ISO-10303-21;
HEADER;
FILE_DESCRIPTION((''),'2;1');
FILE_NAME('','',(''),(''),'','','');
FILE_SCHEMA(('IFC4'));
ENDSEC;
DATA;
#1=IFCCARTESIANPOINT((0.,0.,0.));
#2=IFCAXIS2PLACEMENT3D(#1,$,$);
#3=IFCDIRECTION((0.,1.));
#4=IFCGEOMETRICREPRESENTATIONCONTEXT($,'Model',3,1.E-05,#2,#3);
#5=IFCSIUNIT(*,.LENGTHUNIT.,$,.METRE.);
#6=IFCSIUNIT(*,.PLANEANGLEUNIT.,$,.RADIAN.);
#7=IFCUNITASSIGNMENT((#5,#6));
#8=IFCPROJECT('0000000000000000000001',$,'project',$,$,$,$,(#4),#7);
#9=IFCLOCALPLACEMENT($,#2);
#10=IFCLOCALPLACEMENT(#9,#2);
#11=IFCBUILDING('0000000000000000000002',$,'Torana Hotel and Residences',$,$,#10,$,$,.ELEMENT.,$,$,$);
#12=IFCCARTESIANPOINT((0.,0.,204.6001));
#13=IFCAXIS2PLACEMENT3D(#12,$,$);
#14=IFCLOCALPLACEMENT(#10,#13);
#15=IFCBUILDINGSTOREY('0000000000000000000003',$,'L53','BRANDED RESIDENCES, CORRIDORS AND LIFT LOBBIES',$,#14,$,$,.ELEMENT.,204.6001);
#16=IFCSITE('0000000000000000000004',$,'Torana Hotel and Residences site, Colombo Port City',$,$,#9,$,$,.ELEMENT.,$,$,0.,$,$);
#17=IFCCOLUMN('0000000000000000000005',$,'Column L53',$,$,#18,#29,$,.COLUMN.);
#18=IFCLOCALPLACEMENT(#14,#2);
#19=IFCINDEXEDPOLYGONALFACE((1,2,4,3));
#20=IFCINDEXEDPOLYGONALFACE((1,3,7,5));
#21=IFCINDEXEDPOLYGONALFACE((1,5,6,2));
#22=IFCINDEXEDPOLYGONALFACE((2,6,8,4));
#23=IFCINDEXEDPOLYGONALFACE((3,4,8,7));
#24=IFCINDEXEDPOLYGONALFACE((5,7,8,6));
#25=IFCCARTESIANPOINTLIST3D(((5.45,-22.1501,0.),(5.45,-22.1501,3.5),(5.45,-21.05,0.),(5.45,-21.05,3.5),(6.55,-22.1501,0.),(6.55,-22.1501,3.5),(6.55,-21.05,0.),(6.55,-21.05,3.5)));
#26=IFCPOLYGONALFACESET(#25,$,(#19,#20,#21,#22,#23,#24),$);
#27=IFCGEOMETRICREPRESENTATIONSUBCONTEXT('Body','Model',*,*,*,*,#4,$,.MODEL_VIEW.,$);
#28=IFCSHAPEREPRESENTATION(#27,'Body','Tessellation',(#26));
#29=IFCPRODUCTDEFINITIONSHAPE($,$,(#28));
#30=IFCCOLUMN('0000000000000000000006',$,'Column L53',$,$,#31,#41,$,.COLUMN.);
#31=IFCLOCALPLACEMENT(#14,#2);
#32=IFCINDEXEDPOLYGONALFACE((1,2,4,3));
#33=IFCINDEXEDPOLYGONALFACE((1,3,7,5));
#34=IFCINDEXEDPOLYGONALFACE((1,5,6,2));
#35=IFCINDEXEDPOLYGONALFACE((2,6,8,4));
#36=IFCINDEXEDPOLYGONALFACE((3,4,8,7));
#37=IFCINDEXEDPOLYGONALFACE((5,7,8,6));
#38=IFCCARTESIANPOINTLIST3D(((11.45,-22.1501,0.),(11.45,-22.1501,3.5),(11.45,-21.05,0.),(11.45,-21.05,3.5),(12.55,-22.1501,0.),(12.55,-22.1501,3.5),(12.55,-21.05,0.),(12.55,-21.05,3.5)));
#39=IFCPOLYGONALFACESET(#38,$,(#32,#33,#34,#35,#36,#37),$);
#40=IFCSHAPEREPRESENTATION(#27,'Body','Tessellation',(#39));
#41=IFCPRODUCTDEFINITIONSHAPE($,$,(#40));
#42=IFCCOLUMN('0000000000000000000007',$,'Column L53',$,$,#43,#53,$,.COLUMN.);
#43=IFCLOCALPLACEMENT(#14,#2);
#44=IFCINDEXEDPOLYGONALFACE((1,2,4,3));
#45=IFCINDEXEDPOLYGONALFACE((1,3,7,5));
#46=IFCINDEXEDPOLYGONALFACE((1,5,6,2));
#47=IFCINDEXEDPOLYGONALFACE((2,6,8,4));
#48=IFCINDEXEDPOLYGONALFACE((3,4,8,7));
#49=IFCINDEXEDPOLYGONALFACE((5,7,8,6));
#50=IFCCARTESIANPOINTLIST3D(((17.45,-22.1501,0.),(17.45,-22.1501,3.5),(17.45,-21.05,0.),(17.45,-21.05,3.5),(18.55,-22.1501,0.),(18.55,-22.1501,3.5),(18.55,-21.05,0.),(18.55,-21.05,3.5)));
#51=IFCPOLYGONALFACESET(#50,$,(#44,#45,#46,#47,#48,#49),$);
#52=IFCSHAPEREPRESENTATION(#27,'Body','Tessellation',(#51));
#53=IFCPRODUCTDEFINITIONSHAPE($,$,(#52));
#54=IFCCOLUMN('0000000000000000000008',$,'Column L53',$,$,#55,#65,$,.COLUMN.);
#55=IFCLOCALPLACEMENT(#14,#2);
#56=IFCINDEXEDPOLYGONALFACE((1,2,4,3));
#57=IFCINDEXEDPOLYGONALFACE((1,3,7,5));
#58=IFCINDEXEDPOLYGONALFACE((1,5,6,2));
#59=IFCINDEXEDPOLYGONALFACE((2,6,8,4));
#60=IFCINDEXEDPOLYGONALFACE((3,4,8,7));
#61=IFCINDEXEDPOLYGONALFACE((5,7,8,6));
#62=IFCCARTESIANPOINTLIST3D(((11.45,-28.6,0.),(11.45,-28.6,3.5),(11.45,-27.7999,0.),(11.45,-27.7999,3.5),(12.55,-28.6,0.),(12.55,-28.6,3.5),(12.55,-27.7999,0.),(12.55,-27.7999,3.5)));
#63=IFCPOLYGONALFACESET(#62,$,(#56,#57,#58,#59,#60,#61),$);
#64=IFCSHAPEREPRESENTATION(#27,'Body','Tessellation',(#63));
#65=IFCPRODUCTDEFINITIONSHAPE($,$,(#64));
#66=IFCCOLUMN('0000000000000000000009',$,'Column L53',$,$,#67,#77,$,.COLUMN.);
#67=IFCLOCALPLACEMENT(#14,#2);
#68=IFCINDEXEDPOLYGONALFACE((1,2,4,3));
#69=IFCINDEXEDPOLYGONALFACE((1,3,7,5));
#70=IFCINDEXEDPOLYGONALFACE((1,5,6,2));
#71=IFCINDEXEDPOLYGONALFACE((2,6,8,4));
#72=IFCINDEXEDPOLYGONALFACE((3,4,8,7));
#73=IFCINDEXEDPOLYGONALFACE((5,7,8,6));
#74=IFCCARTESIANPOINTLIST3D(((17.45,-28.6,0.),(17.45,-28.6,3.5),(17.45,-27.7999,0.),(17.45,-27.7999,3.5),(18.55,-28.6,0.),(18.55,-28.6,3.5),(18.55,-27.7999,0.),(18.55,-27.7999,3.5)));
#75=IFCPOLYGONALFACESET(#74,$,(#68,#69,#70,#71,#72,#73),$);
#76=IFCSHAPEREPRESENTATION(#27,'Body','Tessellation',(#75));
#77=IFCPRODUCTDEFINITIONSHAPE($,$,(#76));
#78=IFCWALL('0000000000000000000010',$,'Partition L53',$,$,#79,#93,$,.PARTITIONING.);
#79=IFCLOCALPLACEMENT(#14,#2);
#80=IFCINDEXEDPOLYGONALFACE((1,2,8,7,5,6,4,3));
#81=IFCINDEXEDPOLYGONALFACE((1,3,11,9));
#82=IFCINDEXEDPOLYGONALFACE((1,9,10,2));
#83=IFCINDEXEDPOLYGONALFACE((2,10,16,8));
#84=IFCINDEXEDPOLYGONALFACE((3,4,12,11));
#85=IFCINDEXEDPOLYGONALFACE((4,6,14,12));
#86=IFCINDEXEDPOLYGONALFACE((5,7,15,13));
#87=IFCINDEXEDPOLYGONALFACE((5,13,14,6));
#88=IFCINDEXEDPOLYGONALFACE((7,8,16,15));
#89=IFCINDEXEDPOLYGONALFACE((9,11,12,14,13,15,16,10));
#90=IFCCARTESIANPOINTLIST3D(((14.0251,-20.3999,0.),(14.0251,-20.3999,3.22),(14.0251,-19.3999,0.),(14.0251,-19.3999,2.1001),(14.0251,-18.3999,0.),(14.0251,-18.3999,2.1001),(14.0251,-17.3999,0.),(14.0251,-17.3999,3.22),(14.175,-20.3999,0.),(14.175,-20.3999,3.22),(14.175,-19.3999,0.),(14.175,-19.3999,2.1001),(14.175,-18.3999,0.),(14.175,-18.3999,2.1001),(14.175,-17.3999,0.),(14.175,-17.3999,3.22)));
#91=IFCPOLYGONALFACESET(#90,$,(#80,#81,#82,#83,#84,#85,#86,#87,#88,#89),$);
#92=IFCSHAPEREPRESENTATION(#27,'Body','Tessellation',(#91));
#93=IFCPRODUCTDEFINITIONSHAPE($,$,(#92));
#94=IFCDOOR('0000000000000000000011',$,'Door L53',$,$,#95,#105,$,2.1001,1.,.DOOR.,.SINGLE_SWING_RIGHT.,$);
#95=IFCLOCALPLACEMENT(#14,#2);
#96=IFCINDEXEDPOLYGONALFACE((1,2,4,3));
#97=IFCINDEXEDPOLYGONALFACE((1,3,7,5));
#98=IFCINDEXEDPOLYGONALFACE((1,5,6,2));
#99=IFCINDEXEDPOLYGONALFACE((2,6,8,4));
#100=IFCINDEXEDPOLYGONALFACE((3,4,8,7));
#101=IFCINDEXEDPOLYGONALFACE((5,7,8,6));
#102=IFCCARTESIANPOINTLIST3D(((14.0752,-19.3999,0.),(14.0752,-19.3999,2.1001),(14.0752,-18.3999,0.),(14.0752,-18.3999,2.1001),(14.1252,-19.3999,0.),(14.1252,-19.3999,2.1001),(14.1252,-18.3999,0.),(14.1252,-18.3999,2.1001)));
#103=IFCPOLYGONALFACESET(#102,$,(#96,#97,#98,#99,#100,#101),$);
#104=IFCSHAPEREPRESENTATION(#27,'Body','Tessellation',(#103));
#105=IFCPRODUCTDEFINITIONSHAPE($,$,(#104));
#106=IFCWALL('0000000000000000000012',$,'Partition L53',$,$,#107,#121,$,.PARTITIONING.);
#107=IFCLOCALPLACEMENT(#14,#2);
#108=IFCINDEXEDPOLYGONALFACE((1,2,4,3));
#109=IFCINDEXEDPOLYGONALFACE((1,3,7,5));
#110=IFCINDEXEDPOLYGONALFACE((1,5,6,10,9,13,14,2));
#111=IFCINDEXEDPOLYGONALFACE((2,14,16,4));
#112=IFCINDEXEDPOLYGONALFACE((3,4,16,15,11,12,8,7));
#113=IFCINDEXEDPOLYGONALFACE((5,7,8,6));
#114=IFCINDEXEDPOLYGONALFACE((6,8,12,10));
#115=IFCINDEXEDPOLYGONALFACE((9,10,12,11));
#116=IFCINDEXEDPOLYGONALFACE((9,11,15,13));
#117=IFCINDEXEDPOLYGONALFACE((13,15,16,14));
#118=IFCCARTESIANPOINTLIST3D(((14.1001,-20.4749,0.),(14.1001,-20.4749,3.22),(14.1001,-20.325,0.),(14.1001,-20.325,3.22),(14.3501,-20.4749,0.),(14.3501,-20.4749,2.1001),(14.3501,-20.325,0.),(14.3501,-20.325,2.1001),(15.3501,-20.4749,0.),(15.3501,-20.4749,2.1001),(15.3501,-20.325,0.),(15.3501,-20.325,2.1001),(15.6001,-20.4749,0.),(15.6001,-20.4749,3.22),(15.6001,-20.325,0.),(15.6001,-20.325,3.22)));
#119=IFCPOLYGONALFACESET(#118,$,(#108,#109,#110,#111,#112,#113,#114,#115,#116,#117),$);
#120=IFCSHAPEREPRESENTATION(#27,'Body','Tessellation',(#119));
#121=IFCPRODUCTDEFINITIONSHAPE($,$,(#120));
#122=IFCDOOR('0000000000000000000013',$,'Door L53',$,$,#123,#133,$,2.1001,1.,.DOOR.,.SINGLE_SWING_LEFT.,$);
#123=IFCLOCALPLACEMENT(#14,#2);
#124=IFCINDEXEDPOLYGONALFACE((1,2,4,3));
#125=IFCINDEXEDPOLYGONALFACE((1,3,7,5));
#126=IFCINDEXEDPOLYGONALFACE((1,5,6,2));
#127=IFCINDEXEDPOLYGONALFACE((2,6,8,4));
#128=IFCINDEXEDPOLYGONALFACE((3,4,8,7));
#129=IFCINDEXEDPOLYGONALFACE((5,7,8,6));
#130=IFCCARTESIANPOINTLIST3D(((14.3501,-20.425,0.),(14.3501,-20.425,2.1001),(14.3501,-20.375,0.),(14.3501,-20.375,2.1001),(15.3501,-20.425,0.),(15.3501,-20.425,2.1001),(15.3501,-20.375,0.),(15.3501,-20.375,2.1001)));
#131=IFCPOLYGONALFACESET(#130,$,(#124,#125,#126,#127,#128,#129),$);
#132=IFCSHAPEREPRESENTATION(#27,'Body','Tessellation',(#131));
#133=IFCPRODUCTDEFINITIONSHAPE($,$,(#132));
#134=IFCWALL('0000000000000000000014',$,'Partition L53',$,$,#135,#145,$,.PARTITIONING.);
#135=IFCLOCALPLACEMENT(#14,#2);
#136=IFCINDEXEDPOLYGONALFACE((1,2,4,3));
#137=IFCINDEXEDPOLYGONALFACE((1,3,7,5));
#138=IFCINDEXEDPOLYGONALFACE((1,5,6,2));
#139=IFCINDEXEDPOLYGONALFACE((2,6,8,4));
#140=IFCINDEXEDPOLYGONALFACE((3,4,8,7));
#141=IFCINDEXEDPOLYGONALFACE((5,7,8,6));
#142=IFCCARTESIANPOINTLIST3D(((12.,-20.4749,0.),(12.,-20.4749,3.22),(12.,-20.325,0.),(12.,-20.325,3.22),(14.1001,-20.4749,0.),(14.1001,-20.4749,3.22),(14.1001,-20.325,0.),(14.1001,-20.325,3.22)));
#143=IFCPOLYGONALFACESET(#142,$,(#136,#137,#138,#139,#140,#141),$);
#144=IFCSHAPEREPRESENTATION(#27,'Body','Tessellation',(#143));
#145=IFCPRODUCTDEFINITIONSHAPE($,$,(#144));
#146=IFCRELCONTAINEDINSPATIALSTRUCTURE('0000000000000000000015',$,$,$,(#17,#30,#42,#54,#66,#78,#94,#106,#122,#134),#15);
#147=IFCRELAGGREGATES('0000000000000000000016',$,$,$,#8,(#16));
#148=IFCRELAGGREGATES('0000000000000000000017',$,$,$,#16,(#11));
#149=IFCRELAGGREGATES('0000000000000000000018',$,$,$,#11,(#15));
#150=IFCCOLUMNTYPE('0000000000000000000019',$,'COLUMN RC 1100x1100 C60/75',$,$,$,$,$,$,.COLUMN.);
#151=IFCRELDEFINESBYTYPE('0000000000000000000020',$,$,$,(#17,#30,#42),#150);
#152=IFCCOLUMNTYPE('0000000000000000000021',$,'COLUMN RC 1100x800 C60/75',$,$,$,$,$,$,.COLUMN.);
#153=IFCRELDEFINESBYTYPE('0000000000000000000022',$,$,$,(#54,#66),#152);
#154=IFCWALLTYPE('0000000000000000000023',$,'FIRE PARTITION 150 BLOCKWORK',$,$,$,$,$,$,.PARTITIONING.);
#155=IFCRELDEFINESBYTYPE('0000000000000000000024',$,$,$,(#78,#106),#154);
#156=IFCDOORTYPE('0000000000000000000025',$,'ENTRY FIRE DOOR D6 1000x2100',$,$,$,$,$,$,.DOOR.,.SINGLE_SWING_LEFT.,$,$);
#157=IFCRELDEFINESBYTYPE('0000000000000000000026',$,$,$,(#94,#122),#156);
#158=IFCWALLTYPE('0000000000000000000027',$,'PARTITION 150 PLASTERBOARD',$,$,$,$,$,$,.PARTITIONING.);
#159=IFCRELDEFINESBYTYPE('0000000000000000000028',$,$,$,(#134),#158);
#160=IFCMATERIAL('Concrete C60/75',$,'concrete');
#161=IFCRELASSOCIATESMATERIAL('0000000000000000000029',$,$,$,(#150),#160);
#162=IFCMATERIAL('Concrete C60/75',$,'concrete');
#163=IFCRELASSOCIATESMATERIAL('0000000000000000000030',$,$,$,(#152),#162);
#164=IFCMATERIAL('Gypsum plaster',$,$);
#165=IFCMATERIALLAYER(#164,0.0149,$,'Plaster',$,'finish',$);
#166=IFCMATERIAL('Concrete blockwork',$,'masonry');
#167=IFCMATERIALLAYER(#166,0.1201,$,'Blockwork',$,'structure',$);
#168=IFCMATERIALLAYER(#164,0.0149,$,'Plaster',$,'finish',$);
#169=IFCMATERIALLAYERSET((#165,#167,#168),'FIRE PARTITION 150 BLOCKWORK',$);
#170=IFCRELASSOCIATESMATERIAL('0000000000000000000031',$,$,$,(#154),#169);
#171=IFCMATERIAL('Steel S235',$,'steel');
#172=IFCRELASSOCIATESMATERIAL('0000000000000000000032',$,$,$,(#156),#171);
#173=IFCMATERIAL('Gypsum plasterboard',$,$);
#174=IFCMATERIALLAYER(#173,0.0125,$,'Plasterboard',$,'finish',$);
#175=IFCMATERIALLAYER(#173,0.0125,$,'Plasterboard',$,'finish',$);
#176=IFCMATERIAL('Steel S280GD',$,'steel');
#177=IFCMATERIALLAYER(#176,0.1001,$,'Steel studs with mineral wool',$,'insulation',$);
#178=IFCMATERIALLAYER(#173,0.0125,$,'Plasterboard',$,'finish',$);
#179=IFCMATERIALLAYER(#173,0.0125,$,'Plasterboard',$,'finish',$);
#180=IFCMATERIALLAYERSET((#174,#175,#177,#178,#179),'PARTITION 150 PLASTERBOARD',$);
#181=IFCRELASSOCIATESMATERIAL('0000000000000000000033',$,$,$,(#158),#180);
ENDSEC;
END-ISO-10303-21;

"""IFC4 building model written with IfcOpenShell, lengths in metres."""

from ifc_helpers import new_model, si_unit, direction, frame, frame_2d, origin, origin_2d, place, context, subcontext, project, spatial, rectangle, extrude, material, layer, layer_set, material_profile, profile_set, type_object, element, fill, save


model = new_model("IFC4")

# Units and contexts
model_context = context("Model", 3, precision=1e-05, world=origin(), true_north=direction((0.0, 1.0)))
body_context = subcontext(model_context, "Body", "Model", "MODEL_VIEW")
ifc_project = project(units=[si_unit("LENGTHUNIT", "METRE"), si_unit("PLANEANGLEUNIT", "RADIAN")], contexts=[model_context])

# Site, building, storey
site_placement = place(None, origin())
site = spatial("IfcSite", under=ifc_project, at=site_placement, Name="Torana Hotel and Residences site, Colombo Port City", CompositionType="ELEMENT", RefElevation=0.0)
building_placement = place(site_placement, origin())
building = spatial("IfcBuilding", under=site, at=building_placement, Name="Torana Hotel and Residences", CompositionType="ELEMENT")
storey_placement = place(building_placement, frame((0.0, 0.0, 204.6001)))
storey = spatial("IfcBuildingStorey", under=building, at=storey_placement, Name="L53", Description="BRANDED RESIDENCES, CORRIDORS AND LIFT LOBBIES", CompositionType="ELEMENT", Elevation=204.6001)

# Columns
ifc_material_1 = material(Name="Concrete C60/75", Category="concrete")
ifc_material_profile_1 = material_profile(ifc_material_1, rectangle(XDim=1.1001, YDim=1.1001, at=origin_2d()), Name="RC 1100x1100")
ifc_profile_set_1 = profile_set([ifc_material_profile_1], Name="Concrete C60/75")
column_type_1 = type_object("IfcColumnType", Name="COLUMN RC 1100x1100 C60/75", PredefinedType="COLUMN", material=ifc_profile_set_1)
for number, where, z_axis, x_axis, name in (
    (1, (6.0, -21.6001, 0.0), (0.0, 0.0, 1.0), (1.0, 0.0, 0.0), "Column L53"),
    (2, (12.0, -21.6001, 0.0), (0.0, 0.0, 1.0), (1.0, 0.0, 0.0), "Column L53"),
    (3, (18.0, -21.6001, 0.0), (0.0, 0.0, 1.0), (1.0, 0.0, 0.0), "Column L53"),
):
    element("IfcColumn", number, at=place(storey_placement, frame(where, z_axis=z_axis, x_axis=x_axis)), inside=storey, type_object=column_type_1, Name=name, PredefinedType="COLUMN", context=body_context, shape_type="SweptSolid", body=[
        extrude(rectangle(XDim=1.1001, YDim=1.1001, at=origin_2d()), origin(), (0.0, 0.0, 1.0), 3.5),
    ])
ifc_material_2 = material(Name="Concrete C60/75", Category="concrete")
ifc_material_profile_2 = material_profile(ifc_material_2, rectangle(XDim=1.1001, YDim=0.8, at=origin_2d()), Name="RC 1100x800")
ifc_profile_set_2 = profile_set([ifc_material_profile_2], Name="Concrete C60/75")
column_type_2 = type_object("IfcColumnType", Name="COLUMN RC 1100x800 C60/75", PredefinedType="COLUMN", material=ifc_profile_set_2)
for number, where, z_axis, x_axis, name in (
    (4, (12.0, -28.2, 0.0), (0.0, 0.0, 1.0), (1.0, 0.0, 0.0), "Column L53"),
    (5, (18.0, -28.2, 0.0), (0.0, 0.0, 1.0), (1.0, 0.0, 0.0), "Column L53"),
):
    element("IfcColumn", number, at=place(storey_placement, frame(where, z_axis=z_axis, x_axis=x_axis)), inside=storey, type_object=column_type_2, Name=name, PredefinedType="COLUMN", context=body_context, shape_type="SweptSolid", body=[
        extrude(rectangle(XDim=1.1001, YDim=0.8, at=origin_2d()), origin(), (0.0, 0.0, 1.0), 3.5),
    ])

# Walls, openings, doors
ifc_material_3 = material(Name="Gypsum plaster")
ifc_layer_1 = layer(ifc_material_3, 0.0149, Name="Plaster", Category="finish")
ifc_material_4 = material(Name="Concrete blockwork", Category="masonry")
ifc_layer_2 = layer(ifc_material_4, 0.1201, Name="Blockwork", Category="structure")
ifc_layer_3 = layer(ifc_material_3, 0.0149, Name="Plaster", Category="finish")
ifc_layer_set_1 = layer_set([ifc_layer_1, ifc_layer_2, ifc_layer_3], Name="FIRE PARTITION 150 BLOCKWORK")
wall_type_1 = type_object("IfcWallType", Name="FIRE PARTITION 150 BLOCKWORK", PredefinedType="PARTITIONING", material=ifc_layer_set_1)
wall_1_placement = place(storey_placement, frame((14.1001, -20.3999, 0.0), z_axis=(0.0, 0.0, 1.0), x_axis=(0.0, 1.0, 0.0)))
wall_1 = element("IfcWall", 6, at=wall_1_placement, inside=storey, type_object=wall_type_1, Name="Partition L53", PredefinedType="PARTITIONING", context=body_context, shape_type="SweptSolid", body=[
    extrude(rectangle(XDim=3.0, YDim=0.1499, at=frame_2d((1.5, 0.0))), origin(), (0.0, 0.0, 1.0), 3.22),
])
opening_1_placement = place(wall_1_placement, frame((1.0, 0.0, 0.0)))
opening_1 = element("IfcOpeningElement", 7, at=opening_1_placement, cuts=wall_1, PredefinedType="OPENING", context=body_context, shape_type="SweptSolid", body=[
    extrude(rectangle(XDim=1.0, YDim=2.1001, at=frame_2d((0.5, 1.05))), frame((0.0, 0.085, 0.0), z_axis=(0.0, -1.0, 0.0), x_axis=(1.0, 0.0, 0.0)), (0.0, 0.0, 1.0), 0.1699),
])
ifc_material_5 = material(Name="Steel S235", Category="steel")
door_type = type_object("IfcDoorType", Name="ENTRY FIRE DOOR D6 1000x2100", OperationType="SINGLE_SWING_LEFT", PredefinedType="DOOR", material=ifc_material_5)
door_1_placement = place(opening_1_placement, origin())
door_1 = element("IfcDoor", 8, at=door_1_placement, inside=storey, type_object=door_type, Name="Door L53", OperationType="SINGLE_SWING_RIGHT", OverallHeight=2.1001, OverallWidth=1.0, PredefinedType="DOOR", context=body_context, shape_type="SweptSolid", body=[
    extrude(rectangle(XDim=1.0, YDim=2.1001, at=frame_2d((0.5, 1.05))), frame((0.0, 0.0249, 0.0), z_axis=(0.0, -1.0, 0.0), x_axis=(1.0, 0.0, 0.0)), (0.0, 0.0, 1.0), 0.05),
])
fill(opening_1, door_1)
wall_2_placement = place(storey_placement, frame((14.1001, -20.3999, 0.0), z_axis=(0.0, 0.0, 1.0), x_axis=(1.0, 0.0, 0.0)))
wall_2 = element("IfcWall", 9, at=wall_2_placement, inside=storey, type_object=wall_type_1, Name="Partition L53", PredefinedType="PARTITIONING", context=body_context, shape_type="SweptSolid", body=[
    extrude(rectangle(XDim=1.5, YDim=0.1499, at=frame_2d((0.75, 0.0))), origin(), (0.0, 0.0, 1.0), 3.22),
])
opening_2_placement = place(wall_2_placement, frame((0.25, 0.0, 0.0)))
opening_2 = element("IfcOpeningElement", 10, at=opening_2_placement, cuts=wall_2, PredefinedType="OPENING", context=body_context, shape_type="SweptSolid", body=[
    extrude(rectangle(XDim=1.0, YDim=2.1001, at=frame_2d((0.5, 1.05))), frame((0.0, 0.085, 0.0), z_axis=(0.0, -1.0, 0.0), x_axis=(1.0, 0.0, 0.0)), (0.0, 0.0, 1.0), 0.1699),
])
door_2_placement = place(opening_2_placement, frame((0.5, 0.0, 0.0), z_axis=(0.0, 0.0, 1.0), x_axis=(-1.0, 0.0, 0.0)))
door_2 = element("IfcDoor", 11, at=door_2_placement, inside=storey, type_object=door_type, Name="Door L53", OperationType="SINGLE_SWING_LEFT", OverallHeight=2.1001, OverallWidth=1.0, PredefinedType="DOOR", context=body_context, shape_type="SweptSolid", body=[
    extrude(rectangle(XDim=1.0, YDim=2.1001, at=frame_2d((0.0, 1.05))), frame((0.0, -0.0249, 0.0), z_axis=(0.0, 1.0, 0.0), x_axis=(-1.0, 0.0, 0.0)), (0.0, 0.0, 1.0), 0.05),
])
fill(opening_2, door_2)

# Wall
ifc_material_6 = material(Name="Gypsum plasterboard")
ifc_layer_4 = layer(ifc_material_6, 0.0125, Name="Plasterboard", Category="finish")
ifc_layer_5 = layer(ifc_material_6, 0.0125, Name="Plasterboard", Category="finish")
ifc_material_7 = material(Name="Steel S280GD", Category="steel")
ifc_layer_6 = layer(ifc_material_7, 0.1001, Name="Steel studs with mineral wool", Category="insulation")
ifc_layer_7 = layer(ifc_material_6, 0.0125, Name="Plasterboard", Category="finish")
ifc_layer_8 = layer(ifc_material_6, 0.0125, Name="Plasterboard", Category="finish")
ifc_layer_set_2 = layer_set([ifc_layer_4, ifc_layer_5, ifc_layer_6, ifc_layer_7, ifc_layer_8], Name="PARTITION 150 PLASTERBOARD")
wall_type_2 = type_object("IfcWallType", Name="PARTITION 150 PLASTERBOARD", PredefinedType="PARTITIONING", material=ifc_layer_set_2)
wall_3_placement = place(storey_placement, frame((12.0, -20.3999, 0.0), z_axis=(0.0, 0.0, 1.0), x_axis=(1.0, 0.0, 0.0)))
element("IfcWall", 12, at=wall_3_placement, inside=storey, type_object=wall_type_2, Name="Partition L53", PredefinedType="PARTITIONING", context=body_context, shape_type="SweptSolid", body=[
    extrude(rectangle(XDim=2.1001, YDim=0.1499, at=frame_2d((1.05, 0.0))), origin(), (0.0, 0.0, 1.0), 3.22),
])

save(model, "model.ifc")
